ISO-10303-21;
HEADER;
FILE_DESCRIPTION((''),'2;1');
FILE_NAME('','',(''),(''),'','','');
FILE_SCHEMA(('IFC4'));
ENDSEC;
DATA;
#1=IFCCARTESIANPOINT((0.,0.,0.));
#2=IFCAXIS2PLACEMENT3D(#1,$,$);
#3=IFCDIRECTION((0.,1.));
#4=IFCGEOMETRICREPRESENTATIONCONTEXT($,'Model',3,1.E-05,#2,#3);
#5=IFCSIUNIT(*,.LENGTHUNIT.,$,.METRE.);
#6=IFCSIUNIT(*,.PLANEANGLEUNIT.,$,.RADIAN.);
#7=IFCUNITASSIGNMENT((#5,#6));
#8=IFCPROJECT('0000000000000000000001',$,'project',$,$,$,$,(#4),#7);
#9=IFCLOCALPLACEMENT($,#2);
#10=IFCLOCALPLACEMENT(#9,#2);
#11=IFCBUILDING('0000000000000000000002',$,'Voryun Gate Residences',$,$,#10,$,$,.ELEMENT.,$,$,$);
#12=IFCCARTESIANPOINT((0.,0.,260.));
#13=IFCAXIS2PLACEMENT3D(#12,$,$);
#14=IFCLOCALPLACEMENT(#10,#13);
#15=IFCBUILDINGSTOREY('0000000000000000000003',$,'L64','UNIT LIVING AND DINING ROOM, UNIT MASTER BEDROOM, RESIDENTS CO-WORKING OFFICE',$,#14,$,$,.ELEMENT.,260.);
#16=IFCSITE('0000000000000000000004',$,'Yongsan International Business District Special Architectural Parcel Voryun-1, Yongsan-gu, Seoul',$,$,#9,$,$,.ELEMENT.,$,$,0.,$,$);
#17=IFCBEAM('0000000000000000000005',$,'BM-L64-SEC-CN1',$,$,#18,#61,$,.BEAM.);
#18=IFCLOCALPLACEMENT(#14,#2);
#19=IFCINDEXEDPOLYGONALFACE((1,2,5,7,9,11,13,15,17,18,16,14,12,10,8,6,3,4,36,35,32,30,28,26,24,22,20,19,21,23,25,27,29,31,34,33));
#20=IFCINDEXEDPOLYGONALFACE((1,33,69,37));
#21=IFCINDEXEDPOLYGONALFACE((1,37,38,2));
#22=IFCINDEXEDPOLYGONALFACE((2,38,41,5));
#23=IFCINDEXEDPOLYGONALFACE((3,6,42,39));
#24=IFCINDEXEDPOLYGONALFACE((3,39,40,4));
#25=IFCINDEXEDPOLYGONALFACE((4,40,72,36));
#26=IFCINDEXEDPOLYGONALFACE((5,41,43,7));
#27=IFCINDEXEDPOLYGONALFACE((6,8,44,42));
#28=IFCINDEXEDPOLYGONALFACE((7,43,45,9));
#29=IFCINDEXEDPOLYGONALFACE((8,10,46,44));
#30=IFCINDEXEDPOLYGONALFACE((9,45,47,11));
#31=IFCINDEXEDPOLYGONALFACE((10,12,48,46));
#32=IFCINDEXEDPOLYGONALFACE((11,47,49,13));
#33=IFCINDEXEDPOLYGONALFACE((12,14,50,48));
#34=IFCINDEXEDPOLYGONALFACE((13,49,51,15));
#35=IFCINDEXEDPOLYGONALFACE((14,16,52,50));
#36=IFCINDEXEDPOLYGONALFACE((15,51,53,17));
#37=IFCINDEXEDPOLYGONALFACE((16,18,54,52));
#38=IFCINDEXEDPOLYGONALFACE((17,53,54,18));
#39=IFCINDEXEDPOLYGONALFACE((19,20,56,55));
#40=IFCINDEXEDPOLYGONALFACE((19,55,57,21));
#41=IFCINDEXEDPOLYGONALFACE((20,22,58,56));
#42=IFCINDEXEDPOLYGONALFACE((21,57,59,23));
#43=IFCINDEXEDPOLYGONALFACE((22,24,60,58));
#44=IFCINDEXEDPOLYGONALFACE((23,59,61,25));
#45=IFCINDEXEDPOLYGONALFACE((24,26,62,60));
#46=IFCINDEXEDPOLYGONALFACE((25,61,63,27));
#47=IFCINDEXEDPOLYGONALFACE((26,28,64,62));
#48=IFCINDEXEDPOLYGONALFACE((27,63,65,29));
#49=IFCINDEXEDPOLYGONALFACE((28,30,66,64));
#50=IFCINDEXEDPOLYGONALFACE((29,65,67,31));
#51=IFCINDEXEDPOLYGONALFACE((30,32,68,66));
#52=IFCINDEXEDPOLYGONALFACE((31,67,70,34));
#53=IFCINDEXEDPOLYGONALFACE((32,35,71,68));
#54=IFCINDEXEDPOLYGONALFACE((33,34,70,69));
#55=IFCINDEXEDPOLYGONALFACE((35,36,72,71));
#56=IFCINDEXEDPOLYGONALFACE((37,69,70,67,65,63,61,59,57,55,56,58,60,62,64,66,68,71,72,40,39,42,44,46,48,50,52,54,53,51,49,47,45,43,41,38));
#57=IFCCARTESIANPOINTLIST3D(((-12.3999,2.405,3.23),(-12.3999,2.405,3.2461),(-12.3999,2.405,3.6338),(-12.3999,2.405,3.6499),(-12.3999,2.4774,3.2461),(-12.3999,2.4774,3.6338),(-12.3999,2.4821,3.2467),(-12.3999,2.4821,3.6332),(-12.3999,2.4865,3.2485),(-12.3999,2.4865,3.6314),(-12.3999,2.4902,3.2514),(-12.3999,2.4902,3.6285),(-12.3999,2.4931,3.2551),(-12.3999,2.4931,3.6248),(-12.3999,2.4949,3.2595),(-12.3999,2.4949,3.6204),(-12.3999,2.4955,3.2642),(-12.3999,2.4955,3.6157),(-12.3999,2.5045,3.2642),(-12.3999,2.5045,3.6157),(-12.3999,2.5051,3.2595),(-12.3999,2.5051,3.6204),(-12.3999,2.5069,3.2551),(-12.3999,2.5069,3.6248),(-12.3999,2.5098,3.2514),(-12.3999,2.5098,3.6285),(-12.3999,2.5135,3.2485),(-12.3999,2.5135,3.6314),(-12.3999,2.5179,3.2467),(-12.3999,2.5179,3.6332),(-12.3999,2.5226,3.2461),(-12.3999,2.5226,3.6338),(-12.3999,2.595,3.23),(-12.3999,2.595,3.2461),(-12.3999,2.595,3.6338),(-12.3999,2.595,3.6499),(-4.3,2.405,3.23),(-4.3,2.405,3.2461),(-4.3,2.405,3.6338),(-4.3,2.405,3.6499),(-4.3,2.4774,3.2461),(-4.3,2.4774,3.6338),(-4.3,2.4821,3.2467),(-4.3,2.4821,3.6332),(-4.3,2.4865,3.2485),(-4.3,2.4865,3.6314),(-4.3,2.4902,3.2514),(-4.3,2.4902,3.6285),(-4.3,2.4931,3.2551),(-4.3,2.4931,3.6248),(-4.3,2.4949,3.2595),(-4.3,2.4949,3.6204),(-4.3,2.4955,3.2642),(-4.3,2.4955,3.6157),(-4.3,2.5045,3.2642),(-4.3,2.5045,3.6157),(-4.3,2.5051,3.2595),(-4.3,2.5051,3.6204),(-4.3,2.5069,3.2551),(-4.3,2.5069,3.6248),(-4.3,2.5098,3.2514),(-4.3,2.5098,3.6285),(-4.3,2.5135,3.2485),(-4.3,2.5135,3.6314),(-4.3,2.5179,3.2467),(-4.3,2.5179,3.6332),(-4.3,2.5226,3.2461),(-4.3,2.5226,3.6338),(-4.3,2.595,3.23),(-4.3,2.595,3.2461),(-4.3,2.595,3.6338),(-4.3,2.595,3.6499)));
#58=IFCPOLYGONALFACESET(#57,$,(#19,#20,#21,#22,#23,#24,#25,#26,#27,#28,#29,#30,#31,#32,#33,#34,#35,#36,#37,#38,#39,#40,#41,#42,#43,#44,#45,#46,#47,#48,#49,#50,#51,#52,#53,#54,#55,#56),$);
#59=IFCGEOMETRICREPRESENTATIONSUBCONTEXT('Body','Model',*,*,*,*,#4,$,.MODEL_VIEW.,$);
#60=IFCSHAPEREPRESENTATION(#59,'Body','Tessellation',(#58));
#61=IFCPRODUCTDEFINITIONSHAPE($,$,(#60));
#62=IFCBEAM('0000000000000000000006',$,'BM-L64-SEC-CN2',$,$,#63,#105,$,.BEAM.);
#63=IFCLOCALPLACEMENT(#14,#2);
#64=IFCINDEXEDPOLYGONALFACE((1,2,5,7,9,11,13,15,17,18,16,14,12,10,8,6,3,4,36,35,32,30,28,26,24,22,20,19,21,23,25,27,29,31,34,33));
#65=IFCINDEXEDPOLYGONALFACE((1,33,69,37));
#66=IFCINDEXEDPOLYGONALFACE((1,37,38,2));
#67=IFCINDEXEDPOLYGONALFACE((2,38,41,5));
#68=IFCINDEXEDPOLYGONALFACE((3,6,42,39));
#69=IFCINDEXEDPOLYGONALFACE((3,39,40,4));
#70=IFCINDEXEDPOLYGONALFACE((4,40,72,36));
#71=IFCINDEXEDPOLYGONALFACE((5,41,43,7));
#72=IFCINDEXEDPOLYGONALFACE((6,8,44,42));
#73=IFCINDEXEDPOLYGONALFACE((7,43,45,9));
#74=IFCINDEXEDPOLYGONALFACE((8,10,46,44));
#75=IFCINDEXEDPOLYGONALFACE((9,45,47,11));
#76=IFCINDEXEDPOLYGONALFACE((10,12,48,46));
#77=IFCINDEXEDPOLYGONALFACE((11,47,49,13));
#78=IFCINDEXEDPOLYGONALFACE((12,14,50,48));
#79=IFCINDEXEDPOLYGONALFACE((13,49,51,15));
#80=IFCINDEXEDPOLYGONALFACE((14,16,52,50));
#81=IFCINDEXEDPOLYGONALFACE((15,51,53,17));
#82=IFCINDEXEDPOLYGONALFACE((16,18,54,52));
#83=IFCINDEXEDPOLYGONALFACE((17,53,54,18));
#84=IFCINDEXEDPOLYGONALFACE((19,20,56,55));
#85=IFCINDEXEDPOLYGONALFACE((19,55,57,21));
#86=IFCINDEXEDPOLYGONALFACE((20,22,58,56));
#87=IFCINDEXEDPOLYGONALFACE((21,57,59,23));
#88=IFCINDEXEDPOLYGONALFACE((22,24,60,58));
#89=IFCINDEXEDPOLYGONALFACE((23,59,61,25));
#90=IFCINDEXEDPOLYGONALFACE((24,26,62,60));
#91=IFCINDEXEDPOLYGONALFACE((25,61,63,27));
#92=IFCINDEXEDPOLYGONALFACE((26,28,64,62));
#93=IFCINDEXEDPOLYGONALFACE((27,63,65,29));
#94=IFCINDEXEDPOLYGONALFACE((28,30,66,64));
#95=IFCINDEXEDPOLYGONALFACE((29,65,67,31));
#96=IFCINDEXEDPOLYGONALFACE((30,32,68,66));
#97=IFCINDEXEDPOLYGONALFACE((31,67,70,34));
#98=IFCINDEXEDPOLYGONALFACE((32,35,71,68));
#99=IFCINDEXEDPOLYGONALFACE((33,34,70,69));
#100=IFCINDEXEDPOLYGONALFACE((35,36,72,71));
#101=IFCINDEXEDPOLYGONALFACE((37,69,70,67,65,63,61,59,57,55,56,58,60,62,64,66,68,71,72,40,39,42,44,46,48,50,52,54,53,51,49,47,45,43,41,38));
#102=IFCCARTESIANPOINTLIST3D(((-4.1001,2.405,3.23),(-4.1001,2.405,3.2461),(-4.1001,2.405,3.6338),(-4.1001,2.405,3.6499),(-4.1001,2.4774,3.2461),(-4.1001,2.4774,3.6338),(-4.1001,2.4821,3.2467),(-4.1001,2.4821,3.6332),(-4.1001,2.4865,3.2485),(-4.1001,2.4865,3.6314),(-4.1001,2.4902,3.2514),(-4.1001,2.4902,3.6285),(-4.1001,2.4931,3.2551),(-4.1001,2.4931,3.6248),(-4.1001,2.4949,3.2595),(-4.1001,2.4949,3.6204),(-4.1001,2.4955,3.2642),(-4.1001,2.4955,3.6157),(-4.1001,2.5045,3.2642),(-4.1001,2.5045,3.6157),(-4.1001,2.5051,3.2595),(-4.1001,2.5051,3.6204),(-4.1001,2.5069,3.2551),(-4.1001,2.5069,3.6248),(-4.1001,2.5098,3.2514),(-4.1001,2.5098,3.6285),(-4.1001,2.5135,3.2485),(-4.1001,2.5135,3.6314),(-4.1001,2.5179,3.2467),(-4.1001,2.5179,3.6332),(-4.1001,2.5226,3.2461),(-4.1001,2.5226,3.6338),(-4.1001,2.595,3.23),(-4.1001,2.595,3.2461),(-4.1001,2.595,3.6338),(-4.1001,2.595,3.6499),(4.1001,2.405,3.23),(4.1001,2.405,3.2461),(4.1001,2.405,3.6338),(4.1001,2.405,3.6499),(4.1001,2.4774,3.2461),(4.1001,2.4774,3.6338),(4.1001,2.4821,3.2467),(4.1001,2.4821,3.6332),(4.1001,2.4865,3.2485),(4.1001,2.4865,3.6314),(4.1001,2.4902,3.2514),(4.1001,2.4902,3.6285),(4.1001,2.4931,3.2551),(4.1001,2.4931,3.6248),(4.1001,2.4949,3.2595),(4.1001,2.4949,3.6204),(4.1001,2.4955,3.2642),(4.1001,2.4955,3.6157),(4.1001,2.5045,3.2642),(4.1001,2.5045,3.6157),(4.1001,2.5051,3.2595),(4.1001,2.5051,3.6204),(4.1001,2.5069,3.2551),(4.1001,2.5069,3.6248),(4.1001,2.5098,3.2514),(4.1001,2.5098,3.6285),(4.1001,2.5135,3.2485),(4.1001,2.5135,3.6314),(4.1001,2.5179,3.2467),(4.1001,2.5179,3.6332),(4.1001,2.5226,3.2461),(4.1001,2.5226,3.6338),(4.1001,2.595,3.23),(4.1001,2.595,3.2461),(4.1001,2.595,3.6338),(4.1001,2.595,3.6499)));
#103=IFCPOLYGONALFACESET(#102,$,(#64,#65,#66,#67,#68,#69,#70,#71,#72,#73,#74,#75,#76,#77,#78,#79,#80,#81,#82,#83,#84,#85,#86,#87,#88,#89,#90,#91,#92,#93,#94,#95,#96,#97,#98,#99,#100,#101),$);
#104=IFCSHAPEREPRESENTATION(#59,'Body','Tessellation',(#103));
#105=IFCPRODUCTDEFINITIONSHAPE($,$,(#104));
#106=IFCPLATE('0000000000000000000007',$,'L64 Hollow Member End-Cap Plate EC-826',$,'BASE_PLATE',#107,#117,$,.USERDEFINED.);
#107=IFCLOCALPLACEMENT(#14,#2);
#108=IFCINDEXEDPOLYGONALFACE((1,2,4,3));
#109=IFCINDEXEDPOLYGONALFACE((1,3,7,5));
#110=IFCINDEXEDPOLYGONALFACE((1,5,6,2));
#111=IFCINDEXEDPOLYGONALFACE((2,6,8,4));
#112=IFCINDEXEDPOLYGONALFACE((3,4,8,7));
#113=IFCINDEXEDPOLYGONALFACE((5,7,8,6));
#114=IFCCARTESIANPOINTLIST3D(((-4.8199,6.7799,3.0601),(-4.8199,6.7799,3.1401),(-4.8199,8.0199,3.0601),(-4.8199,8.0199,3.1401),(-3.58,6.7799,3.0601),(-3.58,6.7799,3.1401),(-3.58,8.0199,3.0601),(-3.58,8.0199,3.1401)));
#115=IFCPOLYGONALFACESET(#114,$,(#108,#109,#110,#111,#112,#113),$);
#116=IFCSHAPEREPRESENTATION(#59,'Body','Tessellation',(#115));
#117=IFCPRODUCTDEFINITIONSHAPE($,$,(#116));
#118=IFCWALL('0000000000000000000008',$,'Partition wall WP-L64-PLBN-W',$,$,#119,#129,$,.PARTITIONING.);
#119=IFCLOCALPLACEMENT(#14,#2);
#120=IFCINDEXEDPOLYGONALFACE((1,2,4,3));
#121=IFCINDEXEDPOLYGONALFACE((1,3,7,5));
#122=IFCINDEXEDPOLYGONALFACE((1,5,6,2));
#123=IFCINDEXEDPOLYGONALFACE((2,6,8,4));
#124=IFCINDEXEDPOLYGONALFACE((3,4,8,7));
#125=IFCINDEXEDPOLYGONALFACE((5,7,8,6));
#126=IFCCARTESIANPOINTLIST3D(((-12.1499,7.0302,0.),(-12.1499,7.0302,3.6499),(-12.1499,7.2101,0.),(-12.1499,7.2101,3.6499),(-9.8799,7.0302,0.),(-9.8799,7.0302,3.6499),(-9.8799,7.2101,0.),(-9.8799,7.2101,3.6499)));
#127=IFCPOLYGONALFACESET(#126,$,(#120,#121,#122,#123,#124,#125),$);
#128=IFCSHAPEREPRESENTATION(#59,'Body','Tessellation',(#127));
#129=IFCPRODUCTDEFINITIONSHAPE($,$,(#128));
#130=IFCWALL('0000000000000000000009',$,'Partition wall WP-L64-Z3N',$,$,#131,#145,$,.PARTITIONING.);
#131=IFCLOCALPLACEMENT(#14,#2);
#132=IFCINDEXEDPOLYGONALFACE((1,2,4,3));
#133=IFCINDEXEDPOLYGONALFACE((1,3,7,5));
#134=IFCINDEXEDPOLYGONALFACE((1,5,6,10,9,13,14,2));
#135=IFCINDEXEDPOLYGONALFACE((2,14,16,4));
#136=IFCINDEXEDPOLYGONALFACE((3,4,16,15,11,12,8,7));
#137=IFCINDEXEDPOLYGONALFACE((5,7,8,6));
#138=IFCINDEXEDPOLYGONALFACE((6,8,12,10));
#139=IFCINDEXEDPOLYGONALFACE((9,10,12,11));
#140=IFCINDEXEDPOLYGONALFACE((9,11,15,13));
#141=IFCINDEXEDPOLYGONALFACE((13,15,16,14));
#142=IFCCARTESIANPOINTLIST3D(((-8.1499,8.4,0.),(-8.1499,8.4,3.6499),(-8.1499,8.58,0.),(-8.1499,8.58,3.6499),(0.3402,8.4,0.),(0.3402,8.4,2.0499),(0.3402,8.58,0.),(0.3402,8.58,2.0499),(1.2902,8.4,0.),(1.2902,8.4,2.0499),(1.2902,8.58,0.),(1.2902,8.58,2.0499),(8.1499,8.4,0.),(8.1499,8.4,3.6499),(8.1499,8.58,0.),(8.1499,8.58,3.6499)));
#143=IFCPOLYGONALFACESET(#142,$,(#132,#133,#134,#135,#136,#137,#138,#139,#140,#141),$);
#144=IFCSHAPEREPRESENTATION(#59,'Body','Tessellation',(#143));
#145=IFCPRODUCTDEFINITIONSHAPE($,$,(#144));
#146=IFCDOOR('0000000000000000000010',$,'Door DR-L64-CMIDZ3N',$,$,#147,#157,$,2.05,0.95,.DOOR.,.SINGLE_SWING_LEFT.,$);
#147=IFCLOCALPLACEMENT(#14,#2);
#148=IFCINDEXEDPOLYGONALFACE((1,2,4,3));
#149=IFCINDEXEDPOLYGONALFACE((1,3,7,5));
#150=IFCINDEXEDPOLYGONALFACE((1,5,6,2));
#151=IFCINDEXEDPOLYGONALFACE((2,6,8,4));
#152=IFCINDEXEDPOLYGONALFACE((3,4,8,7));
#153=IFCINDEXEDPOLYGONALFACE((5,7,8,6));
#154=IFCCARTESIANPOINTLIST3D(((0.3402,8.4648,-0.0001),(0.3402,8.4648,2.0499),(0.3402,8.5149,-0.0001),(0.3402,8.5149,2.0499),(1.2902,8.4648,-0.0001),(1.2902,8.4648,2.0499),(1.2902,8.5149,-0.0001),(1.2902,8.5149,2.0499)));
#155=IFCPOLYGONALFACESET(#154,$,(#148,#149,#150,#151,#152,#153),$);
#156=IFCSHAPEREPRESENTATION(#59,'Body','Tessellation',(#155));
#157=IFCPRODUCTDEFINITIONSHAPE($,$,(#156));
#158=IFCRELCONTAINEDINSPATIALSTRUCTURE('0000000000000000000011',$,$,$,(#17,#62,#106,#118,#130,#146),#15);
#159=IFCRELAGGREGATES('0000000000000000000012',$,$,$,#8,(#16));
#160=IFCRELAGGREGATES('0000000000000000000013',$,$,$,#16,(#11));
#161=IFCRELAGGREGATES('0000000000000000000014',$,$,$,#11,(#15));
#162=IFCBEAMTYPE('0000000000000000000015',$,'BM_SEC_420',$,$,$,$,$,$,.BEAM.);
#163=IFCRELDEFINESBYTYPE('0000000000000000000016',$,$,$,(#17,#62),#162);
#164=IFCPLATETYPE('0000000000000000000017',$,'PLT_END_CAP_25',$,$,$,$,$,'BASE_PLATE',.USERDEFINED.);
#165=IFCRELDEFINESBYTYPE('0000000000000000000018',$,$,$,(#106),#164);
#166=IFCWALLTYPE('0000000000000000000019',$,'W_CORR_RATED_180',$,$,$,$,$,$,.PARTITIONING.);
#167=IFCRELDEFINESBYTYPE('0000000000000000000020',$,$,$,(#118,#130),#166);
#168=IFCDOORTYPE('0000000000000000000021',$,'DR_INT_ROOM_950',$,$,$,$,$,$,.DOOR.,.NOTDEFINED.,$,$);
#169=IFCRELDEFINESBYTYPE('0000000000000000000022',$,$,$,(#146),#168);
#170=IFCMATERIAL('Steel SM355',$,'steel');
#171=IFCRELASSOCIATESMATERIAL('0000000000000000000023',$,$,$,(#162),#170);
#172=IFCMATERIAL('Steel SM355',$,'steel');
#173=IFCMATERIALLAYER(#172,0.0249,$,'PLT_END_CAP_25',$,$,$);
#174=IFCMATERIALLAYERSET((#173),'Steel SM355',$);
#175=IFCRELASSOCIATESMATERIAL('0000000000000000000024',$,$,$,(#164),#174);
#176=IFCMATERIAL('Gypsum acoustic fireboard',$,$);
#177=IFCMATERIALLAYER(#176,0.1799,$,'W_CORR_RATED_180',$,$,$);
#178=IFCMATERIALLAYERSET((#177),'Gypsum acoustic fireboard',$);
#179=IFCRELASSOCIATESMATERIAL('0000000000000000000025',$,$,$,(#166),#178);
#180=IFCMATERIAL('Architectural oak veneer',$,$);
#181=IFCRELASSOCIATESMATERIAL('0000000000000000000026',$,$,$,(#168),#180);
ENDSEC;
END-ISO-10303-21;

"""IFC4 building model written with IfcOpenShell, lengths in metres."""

from ifc_helpers import new_model, si_unit, direction, frame, frame_2d, origin, origin_2d, place, context, subcontext, project, spatial, rectangle, i_section, extrude, material, layer, layer_set, material_profile, profile_set, type_object, element, fill, save


model = new_model("IFC4")

# Units and contexts
model_context = context("Model", 3, precision=1e-05, world=origin(), true_north=direction((0.0, 1.0)))
body_context = subcontext(model_context, "Body", "Model", "MODEL_VIEW")
ifc_project = project(units=[si_unit("LENGTHUNIT", "METRE"), si_unit("PLANEANGLEUNIT", "RADIAN")], contexts=[model_context])

# Site, building, storey
site_placement = place(None, origin())
site = spatial("IfcSite", under=ifc_project, at=site_placement, Name="Yongsan International Business District Special Architectural Parcel Voryun-1, Yongsan-gu, Seoul", CompositionType="ELEMENT", RefElevation=0.0)
building_placement = place(site_placement, origin())
building = spatial("IfcBuilding", under=site, at=building_placement, Name="Voryun Gate Residences", CompositionType="ELEMENT")
storey_placement = place(building_placement, frame((0.0, 0.0, 260.0)))
storey = spatial("IfcBuildingStorey", under=building, at=storey_placement, Name="L64", Description="UNIT LIVING AND DINING ROOM, UNIT MASTER BEDROOM, RESIDENTS CO-WORKING OFFICE", CompositionType="ELEMENT", Elevation=260.0)

# Beams
ifc_material_1 = material(Name="Steel SM355", Category="steel")
ifc_material_profile_1 = material_profile(ifc_material_1, i_section(OverallWidth=0.1899, OverallDepth=0.4199, WebThickness=0.009, FlangeThickness=0.0161, FilletRadius=0.0181, at=origin_2d()), Name="H-420x190x9x16")
ifc_profile_set_1 = profile_set([ifc_material_profile_1], Name="Steel SM355")
beam_type_1 = type_object("IfcBeamType", Name="BM_SEC_420", PredefinedType="BEAM", material=ifc_profile_set_1)
beam_1_placement = place(storey_placement, frame((-12.3999, 2.5, 3.4399), z_axis=(1.0, 0.0, 0.0), x_axis=(0.0, 1.0, 0.0)))
element("IfcBeam", 1, at=beam_1_placement, inside=storey, type_object=beam_type_1, Name="BM-L64-SEC-CN1", PredefinedType="BEAM", context=body_context, shape_type="SweptSolid", body=[
    extrude(i_section(OverallWidth=0.1899, OverallDepth=0.4199, WebThickness=0.009, FlangeThickness=0.0161, FilletRadius=0.0181, at=origin_2d()), origin(), (0.0, 0.0, 1.0), 8.0999),
])
beam_2_placement = place(storey_placement, frame((-4.1001, 2.5, 3.4399), z_axis=(1.0, 0.0, 0.0), x_axis=(0.0, 1.0, 0.0)))
element("IfcBeam", 2, at=beam_2_placement, inside=storey, type_object=beam_type_1, Name="BM-L64-SEC-CN2", PredefinedType="BEAM", context=body_context, shape_type="SweptSolid", body=[
    extrude(i_section(OverallWidth=0.1899, OverallDepth=0.4199, WebThickness=0.009, FlangeThickness=0.0161, FilletRadius=0.0181, at=origin_2d()), origin(), (0.0, 0.0, 1.0), 8.2002),
])

# Plate
ifc_material_2 = material(Name="Steel SM355", Category="steel")
ifc_layer_1 = layer(ifc_material_2, 0.0249, Name="PLT_END_CAP_25")
ifc_layer_set_1 = layer_set([ifc_layer_1], Name="Steel SM355")
plate_type = type_object("IfcPlateType", Name="PLT_END_CAP_25", ElementType="BASE_PLATE", PredefinedType="USERDEFINED", material=ifc_layer_set_1)
plate_placement = place(storey_placement, frame((-4.2, 7.3999, 3.0601), z_axis=(0.0, 0.0, 1.0), x_axis=(1.0, 0.0, 0.0)))
element("IfcPlate", 3, at=plate_placement, inside=storey, type_object=plate_type, Name="L64 Hollow Member End-Cap Plate EC-826", ObjectType="BASE_PLATE", PredefinedType="USERDEFINED", context=body_context, shape_type="SweptSolid", body=[
    extrude(rectangle(XDim=1.24, YDim=1.24, at=origin_2d()), origin(), (0.0, 0.0, 1.0), 0.0801),
])

# Wall
ifc_material_3 = material(Name="Gypsum acoustic fireboard")
ifc_layer_2 = layer(ifc_material_3, 0.1799, Name="W_CORR_RATED_180")
ifc_layer_set_2 = layer_set([ifc_layer_2], Name="Gypsum acoustic fireboard")
wall_type_1 = type_object("IfcWallType", Name="W_CORR_RATED_180", PredefinedType="PARTITIONING", material=ifc_layer_set_2)
wall_1_placement = place(storey_placement, frame((-12.1499, 7.1201, 0.0), z_axis=(0.0, 0.0, 1.0), x_axis=(1.0, 0.0, 0.0)))
element("IfcWall", 4, at=wall_1_placement, inside=storey, type_object=wall_type_1, Name="Partition wall WP-L64-PLBN-W", PredefinedType="PARTITIONING", context=body_context, shape_type="SweptSolid", body=[
    extrude(rectangle(XDim=2.27, YDim=0.1799, at=frame_2d((1.135, 0.0))), origin(), (0.0, 0.0, 1.0), 3.6499),
])

# Wall, opening, door
wall_2_placement = place(storey_placement, frame((-8.1499, 8.49, 0.0), z_axis=(0.0, 0.0, 1.0), x_axis=(1.0, 0.0, 0.0)))
wall_2 = element("IfcWall", 5, at=wall_2_placement, inside=storey, type_object=wall_type_1, Name="Partition wall WP-L64-Z3N", PredefinedType="PARTITIONING", context=body_context, shape_type="SweptSolid", body=[
    extrude(rectangle(XDim=16.2998, YDim=0.1799, at=frame_2d((8.1499, 0.0))), origin(), (0.0, 0.0, 1.0), 3.6499),
])
opening_1_placement = place(wall_2_placement, frame((8.49, 0.0, 0.0)))
opening_1 = element("IfcOpeningElement", 6, at=opening_1_placement, cuts=wall_2, PredefinedType="OPENING", context=body_context, shape_type="SweptSolid", body=[
    extrude(rectangle(XDim=0.95, YDim=2.05, at=frame_2d((0.4751, 1.0249))), frame((0.0, 0.0999, 0.0), z_axis=(0.0, -1.0, 0.0), x_axis=(1.0, 0.0, 0.0)), (0.0, 0.0, 1.0), 0.2),
])
ifc_material_4 = material(Name="Architectural oak veneer")
door_type_1 = type_object("IfcDoorType", Name="DR_INT_ROOM_950", OperationType="NOTDEFINED", PredefinedType="DOOR", material=ifc_material_4)
door_1_placement = place(opening_1_placement, origin())
door_1 = element("IfcDoor", 7, at=door_1_placement, inside=storey, type_object=door_type_1, Name="Door DR-L64-CMIDZ3N", OperationType="SINGLE_SWING_LEFT", OverallHeight=2.05, OverallWidth=0.95, PredefinedType="DOOR", context=body_context, shape_type="SweptSolid", body=[
    extrude(rectangle(XDim=0.95, YDim=2.05, at=frame_2d((0.4751, 1.0249))), frame((0.0, 0.0249, 0.0), z_axis=(0.0, -1.0, 0.0), x_axis=(1.0, 0.0, 0.0)), (0.0, 0.0, 1.0), 0.05),
])
fill(opening_1, door_1)

save(model, "model.ifc")
